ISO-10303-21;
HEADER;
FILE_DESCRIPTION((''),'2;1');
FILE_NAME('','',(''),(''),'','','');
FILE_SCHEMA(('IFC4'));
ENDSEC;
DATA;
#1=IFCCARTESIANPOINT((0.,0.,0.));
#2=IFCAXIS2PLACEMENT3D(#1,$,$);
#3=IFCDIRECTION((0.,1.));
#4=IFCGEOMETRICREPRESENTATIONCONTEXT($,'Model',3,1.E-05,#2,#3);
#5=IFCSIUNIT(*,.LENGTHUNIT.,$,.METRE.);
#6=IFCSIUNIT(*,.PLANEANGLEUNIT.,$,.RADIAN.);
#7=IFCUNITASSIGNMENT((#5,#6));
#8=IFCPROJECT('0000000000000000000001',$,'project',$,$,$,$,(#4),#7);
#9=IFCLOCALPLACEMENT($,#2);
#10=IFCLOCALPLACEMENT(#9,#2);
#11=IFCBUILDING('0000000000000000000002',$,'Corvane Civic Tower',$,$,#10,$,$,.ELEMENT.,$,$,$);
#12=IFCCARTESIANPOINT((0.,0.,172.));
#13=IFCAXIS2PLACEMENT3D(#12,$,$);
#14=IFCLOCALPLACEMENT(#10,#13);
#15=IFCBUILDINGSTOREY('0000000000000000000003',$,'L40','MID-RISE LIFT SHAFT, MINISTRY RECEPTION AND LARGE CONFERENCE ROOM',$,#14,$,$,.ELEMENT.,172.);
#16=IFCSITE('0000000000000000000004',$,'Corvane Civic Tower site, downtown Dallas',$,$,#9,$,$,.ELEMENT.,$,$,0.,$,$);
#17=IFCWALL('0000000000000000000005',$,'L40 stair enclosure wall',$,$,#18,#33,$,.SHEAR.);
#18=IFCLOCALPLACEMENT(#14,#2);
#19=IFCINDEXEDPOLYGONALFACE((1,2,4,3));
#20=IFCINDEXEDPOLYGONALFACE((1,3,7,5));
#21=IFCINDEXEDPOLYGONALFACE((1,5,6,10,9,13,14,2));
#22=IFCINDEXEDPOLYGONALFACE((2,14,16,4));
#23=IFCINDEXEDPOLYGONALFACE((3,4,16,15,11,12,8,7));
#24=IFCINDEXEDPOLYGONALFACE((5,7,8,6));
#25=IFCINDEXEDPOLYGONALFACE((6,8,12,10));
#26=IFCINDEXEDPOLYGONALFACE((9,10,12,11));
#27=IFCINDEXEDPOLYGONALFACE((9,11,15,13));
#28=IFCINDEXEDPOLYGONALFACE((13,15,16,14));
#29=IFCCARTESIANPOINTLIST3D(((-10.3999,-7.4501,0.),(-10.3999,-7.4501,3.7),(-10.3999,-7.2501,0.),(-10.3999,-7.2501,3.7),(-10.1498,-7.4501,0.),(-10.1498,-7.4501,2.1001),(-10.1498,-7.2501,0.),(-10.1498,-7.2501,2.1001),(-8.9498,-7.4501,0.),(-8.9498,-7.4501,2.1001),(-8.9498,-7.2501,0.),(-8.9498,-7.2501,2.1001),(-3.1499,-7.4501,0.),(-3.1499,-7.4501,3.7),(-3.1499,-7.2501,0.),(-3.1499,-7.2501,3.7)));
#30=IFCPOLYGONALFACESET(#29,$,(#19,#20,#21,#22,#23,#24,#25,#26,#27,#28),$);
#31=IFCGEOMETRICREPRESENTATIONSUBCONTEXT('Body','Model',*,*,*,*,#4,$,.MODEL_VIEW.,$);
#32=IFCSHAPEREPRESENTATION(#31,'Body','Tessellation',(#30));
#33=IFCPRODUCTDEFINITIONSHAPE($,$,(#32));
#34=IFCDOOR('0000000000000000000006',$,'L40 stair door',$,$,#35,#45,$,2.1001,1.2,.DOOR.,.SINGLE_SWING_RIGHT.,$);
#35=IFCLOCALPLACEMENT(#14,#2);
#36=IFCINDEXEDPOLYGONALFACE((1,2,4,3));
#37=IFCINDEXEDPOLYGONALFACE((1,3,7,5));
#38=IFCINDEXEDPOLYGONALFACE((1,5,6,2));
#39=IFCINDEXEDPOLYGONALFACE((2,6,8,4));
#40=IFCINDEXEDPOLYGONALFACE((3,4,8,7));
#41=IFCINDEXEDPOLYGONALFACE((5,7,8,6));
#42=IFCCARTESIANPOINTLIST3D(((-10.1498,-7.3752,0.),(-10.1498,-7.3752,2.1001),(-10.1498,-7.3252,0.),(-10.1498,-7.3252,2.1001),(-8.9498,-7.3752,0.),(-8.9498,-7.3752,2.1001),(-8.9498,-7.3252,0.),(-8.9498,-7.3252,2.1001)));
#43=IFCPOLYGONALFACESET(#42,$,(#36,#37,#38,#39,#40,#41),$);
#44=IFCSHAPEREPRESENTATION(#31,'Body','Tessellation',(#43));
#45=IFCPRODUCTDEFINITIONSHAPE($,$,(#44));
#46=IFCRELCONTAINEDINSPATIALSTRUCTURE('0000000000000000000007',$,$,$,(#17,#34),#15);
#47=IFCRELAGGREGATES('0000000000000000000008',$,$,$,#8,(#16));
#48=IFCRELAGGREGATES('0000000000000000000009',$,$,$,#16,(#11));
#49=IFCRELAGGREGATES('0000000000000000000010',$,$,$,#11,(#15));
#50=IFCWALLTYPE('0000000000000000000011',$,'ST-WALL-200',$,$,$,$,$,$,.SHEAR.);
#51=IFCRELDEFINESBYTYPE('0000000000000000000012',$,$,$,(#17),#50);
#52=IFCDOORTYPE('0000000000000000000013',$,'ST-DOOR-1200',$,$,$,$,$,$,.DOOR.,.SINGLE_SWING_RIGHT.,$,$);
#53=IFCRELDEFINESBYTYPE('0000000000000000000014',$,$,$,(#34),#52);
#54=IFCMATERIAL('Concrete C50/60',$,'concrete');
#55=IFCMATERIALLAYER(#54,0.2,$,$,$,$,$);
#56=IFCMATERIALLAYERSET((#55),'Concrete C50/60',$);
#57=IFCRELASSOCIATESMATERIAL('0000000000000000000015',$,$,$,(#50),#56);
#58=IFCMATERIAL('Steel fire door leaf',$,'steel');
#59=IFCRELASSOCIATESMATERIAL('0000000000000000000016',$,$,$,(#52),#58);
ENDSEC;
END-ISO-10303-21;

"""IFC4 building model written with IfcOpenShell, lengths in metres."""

from ifc_helpers import new_model, si_unit, direction, frame, frame_2d, origin, place, context, subcontext, project, spatial, rectangle, extrude, material, layer, layer_set, type_object, element, fill, save


model = new_model("IFC4")

# Units and contexts
model_context = context("Model", 3, precision=1e-05, world=origin(), true_north=direction((0.0, 1.0)))
body_context = subcontext(model_context, "Body", "Model", "MODEL_VIEW")
ifc_project = project(units=[si_unit("LENGTHUNIT", "METRE"), si_unit("PLANEANGLEUNIT", "RADIAN")], contexts=[model_context])

# Site, building, storey
site_placement = place(None, origin())
site = spatial("IfcSite", under=ifc_project, at=site_placement, Name="Corvane Civic Tower site, downtown Dallas", CompositionType="ELEMENT", RefElevation=0.0)
building_placement = place(site_placement, origin())
building = spatial("IfcBuilding", under=site, at=building_placement, Name="Corvane Civic Tower", CompositionType="ELEMENT")
storey_placement = place(building_placement, frame((0.0, 0.0, 172.0)))
storey = spatial("IfcBuildingStorey", under=building, at=storey_placement, Name="L40", Description="MID-RISE LIFT SHAFT, MINISTRY RECEPTION AND LARGE CONFERENCE ROOM", CompositionType="ELEMENT", Elevation=172.0)

# Wall, opening, door
ifc_material_1 = material(Name="Concrete C50/60", Category="concrete")
ifc_layer_1 = layer(ifc_material_1, 0.2)
ifc_layer_set_1 = layer_set([ifc_layer_1], Name="Concrete C50/60")
wall_type_1 = type_object("IfcWallType", Name="ST-WALL-200", PredefinedType="SHEAR", material=ifc_layer_set_1)
wall_1_placement = place(storey_placement, frame((-10.3999, -7.3501, 0.0), z_axis=(0.0, 0.0, 1.0), x_axis=(1.0, 0.0, 0.0)))
wall_1 = element("IfcWall", 1, at=wall_1_placement, inside=storey, type_object=wall_type_1, Name="L40 stair enclosure wall", PredefinedType="SHEAR", context=body_context, shape_type="SweptSolid", body=[
    extrude(rectangle(XDim=7.25, YDim=0.2, at=frame_2d((3.625, 0.0))), origin(), (0.0, 0.0, 1.0), 3.7),
])
opening_1_placement = place(wall_1_placement, frame((0.25, 0.0, 0.0)))
opening_1 = element("IfcOpeningElement", 2, at=opening_1_placement, cuts=wall_1, PredefinedType="OPENING", context=body_context, shape_type="SweptSolid", body=[
    extrude(rectangle(XDim=1.2, YDim=2.1001, at=frame_2d((0.6001, 1.05))), frame((0.0, 0.1099, 0.0), z_axis=(0.0, -1.0, 0.0), x_axis=(1.0, 0.0, 0.0)), (0.0, 0.0, 1.0), 0.22),
])
ifc_material_2 = material(Name="Steel fire door leaf", Category="steel")
door_type_1 = type_object("IfcDoorType", Name="ST-DOOR-1200", OperationType="SINGLE_SWING_RIGHT", PredefinedType="DOOR", material=ifc_material_2)
door_1_placement = place(opening_1_placement, origin())
door_1 = element("IfcDoor", 3, at=door_1_placement, inside=storey, type_object=door_type_1, Name="L40 stair door", OperationType="SINGLE_SWING_RIGHT", OverallHeight=2.1001, OverallWidth=1.2, PredefinedType="DOOR", context=body_context, shape_type="SweptSolid", body=[
    extrude(rectangle(XDim=1.2, YDim=2.1001, at=frame_2d((0.6001, 1.05))), frame((0.0, 0.0249, 0.0), z_axis=(0.0, -1.0, 0.0), x_axis=(1.0, 0.0, 0.0)), (0.0, 0.0, 1.0), 0.05),
])
fill(opening_1, door_1)

save(model, "model.ifc")
